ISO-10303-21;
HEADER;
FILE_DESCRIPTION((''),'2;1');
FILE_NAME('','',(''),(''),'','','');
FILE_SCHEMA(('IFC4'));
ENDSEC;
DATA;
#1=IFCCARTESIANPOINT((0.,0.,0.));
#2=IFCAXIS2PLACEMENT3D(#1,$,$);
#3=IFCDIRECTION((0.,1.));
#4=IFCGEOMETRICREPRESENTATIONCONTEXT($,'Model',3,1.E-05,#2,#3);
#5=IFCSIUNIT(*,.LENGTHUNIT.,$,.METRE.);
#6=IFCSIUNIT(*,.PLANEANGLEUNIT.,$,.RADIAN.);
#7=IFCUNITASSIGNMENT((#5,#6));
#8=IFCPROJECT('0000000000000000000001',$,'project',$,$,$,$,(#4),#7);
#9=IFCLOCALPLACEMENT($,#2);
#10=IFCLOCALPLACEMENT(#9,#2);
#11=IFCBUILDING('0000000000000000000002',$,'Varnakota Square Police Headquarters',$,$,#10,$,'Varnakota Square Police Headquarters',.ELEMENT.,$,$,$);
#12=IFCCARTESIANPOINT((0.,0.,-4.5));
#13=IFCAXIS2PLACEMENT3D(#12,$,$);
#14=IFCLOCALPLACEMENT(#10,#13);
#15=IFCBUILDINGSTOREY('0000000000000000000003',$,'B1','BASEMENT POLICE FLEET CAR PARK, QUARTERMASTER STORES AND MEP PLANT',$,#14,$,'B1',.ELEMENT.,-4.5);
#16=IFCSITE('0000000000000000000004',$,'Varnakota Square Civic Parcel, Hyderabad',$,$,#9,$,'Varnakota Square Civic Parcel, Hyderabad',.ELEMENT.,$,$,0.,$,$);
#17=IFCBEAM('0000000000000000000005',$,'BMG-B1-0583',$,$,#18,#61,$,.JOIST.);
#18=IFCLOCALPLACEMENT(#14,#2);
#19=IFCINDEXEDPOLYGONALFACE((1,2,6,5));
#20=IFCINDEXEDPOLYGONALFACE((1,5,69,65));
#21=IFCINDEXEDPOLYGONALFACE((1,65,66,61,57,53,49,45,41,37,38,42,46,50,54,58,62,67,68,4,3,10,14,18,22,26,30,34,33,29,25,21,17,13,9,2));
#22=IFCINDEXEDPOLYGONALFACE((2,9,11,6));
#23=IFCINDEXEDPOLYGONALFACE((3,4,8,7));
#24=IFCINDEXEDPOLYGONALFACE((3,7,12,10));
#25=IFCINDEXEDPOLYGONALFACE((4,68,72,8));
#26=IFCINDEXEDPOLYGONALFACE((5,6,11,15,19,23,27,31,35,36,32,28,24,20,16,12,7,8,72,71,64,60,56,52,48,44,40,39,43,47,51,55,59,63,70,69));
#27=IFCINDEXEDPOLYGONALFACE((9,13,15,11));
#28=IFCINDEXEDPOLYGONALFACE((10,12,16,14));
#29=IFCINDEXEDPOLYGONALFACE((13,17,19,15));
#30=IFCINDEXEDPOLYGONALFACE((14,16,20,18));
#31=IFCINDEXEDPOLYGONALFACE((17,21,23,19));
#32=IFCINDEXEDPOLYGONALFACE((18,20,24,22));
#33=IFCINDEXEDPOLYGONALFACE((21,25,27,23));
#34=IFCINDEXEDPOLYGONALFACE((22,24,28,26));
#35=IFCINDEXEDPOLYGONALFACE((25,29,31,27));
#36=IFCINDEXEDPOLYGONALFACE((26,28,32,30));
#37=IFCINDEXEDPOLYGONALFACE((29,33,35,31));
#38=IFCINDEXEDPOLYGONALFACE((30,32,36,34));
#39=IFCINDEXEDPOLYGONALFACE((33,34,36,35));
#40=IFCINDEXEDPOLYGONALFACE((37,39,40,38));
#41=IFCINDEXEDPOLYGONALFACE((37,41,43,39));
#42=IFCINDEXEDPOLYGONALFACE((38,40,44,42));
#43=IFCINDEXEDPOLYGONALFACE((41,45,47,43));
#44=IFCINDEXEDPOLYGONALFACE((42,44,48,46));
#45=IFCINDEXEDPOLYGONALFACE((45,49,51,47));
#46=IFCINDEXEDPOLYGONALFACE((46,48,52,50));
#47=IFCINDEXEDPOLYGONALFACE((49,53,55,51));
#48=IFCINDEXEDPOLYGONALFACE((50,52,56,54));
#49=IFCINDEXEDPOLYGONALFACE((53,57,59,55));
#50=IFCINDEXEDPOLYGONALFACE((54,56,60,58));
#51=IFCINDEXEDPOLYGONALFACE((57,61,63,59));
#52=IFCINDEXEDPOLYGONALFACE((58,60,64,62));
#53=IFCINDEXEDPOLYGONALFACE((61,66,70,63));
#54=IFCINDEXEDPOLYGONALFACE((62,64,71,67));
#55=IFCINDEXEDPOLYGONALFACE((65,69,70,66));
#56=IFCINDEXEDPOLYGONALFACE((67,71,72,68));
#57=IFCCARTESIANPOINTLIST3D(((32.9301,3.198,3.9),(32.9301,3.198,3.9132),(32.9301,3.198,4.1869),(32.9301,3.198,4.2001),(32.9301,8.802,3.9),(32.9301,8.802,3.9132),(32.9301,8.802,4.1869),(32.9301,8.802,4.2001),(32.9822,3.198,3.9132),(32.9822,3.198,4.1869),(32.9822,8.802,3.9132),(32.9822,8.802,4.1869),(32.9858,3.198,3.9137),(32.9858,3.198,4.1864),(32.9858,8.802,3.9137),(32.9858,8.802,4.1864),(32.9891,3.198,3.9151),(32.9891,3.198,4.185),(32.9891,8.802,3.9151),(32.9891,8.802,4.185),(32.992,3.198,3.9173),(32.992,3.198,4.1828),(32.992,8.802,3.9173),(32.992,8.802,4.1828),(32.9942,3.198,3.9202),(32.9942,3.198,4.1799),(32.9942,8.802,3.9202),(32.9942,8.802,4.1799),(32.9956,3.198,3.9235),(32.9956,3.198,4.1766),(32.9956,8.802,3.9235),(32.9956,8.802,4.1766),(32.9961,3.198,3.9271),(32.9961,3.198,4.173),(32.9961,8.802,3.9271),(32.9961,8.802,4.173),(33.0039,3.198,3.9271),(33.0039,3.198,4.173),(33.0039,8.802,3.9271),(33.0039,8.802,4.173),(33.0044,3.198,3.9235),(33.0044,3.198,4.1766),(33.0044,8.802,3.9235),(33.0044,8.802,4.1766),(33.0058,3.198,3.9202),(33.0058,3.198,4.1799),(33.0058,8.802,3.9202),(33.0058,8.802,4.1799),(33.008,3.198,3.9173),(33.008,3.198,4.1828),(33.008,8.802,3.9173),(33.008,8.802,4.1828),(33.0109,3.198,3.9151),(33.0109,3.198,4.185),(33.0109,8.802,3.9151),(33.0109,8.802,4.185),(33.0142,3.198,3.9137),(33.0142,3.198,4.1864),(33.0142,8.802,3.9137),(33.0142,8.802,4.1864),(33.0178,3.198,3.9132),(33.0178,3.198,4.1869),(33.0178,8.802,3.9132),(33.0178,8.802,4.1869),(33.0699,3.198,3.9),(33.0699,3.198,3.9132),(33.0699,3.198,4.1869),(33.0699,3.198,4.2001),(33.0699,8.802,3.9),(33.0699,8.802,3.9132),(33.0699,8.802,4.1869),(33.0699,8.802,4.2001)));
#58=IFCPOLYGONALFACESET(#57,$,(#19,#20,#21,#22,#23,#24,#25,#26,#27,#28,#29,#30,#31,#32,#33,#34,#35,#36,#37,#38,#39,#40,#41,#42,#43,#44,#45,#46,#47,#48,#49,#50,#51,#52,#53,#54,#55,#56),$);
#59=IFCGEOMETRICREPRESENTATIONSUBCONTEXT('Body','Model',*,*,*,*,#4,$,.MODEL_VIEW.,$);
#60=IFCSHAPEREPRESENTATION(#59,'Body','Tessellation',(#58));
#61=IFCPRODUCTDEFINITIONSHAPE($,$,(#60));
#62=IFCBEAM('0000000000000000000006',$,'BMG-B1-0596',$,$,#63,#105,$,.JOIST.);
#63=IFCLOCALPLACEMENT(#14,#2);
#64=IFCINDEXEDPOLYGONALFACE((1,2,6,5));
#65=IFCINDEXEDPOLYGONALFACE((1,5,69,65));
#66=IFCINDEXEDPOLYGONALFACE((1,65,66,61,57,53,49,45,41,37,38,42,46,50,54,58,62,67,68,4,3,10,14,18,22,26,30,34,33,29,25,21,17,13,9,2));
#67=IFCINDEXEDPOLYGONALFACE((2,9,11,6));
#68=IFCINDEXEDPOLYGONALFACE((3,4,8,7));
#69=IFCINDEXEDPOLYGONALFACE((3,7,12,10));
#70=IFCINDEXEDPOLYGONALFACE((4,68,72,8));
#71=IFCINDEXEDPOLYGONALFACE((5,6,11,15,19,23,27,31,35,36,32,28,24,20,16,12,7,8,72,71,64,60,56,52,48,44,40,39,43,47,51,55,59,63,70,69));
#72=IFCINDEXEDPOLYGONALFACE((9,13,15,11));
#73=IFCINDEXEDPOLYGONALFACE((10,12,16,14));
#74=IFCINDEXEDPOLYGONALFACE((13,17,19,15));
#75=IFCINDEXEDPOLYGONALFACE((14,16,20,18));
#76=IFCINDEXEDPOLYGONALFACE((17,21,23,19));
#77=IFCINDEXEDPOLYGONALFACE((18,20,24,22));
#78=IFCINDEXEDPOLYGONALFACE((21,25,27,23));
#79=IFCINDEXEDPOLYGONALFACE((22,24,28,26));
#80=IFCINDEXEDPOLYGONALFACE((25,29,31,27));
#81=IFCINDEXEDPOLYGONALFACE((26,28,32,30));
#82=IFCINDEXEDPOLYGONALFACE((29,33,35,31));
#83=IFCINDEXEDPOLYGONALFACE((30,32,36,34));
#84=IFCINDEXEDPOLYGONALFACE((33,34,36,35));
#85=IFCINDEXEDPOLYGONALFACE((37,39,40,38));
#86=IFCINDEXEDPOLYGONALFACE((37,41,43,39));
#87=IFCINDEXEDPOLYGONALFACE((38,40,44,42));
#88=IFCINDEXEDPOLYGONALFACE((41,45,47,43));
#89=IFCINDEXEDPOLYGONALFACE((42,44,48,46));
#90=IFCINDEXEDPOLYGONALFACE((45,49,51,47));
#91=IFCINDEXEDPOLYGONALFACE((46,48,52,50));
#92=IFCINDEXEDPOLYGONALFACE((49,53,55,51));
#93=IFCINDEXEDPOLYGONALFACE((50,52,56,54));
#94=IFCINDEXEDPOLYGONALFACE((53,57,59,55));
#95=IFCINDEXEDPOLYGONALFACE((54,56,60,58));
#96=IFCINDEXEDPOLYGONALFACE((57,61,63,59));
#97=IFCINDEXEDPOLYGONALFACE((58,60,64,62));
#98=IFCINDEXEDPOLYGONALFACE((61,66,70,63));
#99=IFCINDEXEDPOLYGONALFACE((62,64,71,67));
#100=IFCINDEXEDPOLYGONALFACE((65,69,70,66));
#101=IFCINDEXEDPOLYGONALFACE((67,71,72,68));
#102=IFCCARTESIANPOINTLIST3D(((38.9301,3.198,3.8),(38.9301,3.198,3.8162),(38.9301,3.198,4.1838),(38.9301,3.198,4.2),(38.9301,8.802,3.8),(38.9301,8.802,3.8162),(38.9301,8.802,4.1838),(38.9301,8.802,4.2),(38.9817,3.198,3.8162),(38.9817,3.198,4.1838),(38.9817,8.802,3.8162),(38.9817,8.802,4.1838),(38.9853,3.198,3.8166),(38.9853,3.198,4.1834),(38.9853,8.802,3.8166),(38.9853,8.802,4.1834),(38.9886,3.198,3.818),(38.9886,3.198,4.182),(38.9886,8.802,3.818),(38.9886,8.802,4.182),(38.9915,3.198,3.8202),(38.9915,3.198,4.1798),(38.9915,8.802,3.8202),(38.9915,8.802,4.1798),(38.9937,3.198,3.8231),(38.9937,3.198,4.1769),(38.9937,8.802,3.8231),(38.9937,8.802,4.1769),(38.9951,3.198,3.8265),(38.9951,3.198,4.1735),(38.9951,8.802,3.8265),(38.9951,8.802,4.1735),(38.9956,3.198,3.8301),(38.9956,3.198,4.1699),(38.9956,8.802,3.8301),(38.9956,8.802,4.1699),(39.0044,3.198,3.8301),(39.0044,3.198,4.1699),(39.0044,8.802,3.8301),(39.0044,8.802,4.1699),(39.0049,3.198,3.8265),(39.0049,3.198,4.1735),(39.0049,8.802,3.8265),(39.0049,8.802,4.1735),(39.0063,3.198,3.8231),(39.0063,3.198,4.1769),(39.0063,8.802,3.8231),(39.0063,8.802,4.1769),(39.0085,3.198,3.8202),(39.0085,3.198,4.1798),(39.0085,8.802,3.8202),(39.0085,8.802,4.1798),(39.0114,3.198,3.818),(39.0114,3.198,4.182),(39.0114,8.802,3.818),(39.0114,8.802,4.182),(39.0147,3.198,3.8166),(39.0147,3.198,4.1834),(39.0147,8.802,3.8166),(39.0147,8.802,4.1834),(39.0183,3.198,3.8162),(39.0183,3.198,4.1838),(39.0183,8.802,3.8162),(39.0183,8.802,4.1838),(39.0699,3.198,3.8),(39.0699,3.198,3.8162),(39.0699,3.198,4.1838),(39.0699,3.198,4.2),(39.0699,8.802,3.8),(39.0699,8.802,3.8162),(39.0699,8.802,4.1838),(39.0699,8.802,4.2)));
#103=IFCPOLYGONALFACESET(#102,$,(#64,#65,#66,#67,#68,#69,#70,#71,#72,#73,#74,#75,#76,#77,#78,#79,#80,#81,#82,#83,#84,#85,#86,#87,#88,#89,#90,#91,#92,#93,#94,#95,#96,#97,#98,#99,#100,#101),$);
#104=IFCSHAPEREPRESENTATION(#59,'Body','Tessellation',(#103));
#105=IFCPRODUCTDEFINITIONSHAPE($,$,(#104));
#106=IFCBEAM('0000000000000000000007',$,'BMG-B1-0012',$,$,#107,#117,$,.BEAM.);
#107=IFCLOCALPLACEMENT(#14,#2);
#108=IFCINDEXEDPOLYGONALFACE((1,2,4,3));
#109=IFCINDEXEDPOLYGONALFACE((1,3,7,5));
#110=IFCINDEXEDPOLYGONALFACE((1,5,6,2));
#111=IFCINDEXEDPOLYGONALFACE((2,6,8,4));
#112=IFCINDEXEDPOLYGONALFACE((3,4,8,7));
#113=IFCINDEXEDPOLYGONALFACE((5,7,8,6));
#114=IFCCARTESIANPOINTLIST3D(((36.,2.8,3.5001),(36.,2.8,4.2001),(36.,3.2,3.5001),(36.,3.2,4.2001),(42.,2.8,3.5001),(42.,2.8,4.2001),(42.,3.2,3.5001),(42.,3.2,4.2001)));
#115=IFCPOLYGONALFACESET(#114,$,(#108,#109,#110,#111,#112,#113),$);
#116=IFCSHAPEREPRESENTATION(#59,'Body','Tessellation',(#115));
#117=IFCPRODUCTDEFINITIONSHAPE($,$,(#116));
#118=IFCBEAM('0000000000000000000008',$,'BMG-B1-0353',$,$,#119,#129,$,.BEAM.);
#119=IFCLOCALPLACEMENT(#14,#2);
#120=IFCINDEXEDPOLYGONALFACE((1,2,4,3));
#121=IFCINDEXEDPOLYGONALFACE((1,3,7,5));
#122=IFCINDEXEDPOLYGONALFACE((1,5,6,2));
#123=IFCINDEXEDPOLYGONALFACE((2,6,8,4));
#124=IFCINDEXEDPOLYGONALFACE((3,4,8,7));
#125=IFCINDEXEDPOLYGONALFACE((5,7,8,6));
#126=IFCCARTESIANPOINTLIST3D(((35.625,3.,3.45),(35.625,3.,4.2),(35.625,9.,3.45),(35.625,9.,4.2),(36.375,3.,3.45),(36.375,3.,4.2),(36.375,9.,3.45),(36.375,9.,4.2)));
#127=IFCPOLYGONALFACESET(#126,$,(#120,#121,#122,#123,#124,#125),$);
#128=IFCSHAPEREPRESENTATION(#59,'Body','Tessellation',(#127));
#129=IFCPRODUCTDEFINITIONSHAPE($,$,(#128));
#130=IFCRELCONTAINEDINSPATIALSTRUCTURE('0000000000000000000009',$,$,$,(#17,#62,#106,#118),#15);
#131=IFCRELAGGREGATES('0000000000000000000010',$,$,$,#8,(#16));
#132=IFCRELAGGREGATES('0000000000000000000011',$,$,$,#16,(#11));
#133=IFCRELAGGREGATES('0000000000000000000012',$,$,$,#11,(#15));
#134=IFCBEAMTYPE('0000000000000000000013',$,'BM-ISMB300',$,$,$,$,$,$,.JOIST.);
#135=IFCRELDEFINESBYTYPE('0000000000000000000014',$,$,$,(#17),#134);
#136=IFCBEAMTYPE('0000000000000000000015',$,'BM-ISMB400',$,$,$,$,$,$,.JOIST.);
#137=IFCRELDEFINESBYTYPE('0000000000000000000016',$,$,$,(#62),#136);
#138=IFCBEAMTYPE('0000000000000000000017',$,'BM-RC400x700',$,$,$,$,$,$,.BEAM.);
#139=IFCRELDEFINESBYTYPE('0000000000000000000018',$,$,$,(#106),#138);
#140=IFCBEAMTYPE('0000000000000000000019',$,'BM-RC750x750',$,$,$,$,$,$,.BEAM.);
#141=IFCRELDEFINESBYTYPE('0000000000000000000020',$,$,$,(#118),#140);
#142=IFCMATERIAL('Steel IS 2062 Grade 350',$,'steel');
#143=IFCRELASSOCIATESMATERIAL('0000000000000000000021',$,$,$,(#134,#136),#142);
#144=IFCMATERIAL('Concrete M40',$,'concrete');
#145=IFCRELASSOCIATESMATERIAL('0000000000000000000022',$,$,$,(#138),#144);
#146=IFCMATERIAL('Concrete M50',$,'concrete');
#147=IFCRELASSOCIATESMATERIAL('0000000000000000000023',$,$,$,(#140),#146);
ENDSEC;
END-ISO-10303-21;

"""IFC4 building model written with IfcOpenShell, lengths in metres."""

from ifc_helpers import new_model, si_unit, direction, frame, origin, origin_2d, place, context, subcontext, project, spatial, rectangle, i_section, extrude, material, material_profile, profile_set, type_object, element, save


model = new_model("IFC4")

# Units and contexts
model_context = context("Model", 3, precision=1e-05, world=origin(), true_north=direction((0.0, 1.0)))
body_context = subcontext(model_context, "Body", "Model", "MODEL_VIEW")
ifc_project = project(units=[si_unit("LENGTHUNIT", "METRE"), si_unit("PLANEANGLEUNIT", "RADIAN")], contexts=[model_context])

# Site, building, storey
site_placement = place(None, origin())
site = spatial("IfcSite", under=ifc_project, at=site_placement, Name="Varnakota Square Civic Parcel, Hyderabad", LongName="Varnakota Square Civic Parcel, Hyderabad", CompositionType="ELEMENT", RefElevation=0.0)
building_placement = place(site_placement, origin())
building = spatial("IfcBuilding", under=site, at=building_placement, Name="Varnakota Square Police Headquarters", LongName="Varnakota Square Police Headquarters", CompositionType="ELEMENT")
storey_placement = place(building_placement, frame((0.0, 0.0, -4.5)))
storey = spatial("IfcBuildingStorey", under=building, at=storey_placement, Name="B1", Description="BASEMENT POLICE FLEET CAR PARK, QUARTERMASTER STORES AND MEP PLANT", LongName="B1", CompositionType="ELEMENT", Elevation=-4.5)

# Shared definitions
ifc_material_1 = material(Name="Concrete M40", Category="concrete")

# Beams
ifc_material_2 = material(Name="Steel IS 2062 Grade 350", Category="steel")
ifc_material_profile_1 = material_profile(ifc_material_2, i_section(OverallWidth=0.1399, OverallDepth=0.3, WebThickness=0.0078, FlangeThickness=0.0132, FilletRadius=0.0139, at=origin_2d()), Name="ISMB 300")
ifc_profile_set_1 = profile_set([ifc_material_profile_1], Name="Steel IS 2062 Grade 350")
beam_type_1 = type_object("IfcBeamType", Name="BM-ISMB300", PredefinedType="JOIST", material=ifc_profile_set_1)
beam_1_placement = place(storey_placement, frame((33.0, 3.198, 4.05), z_axis=(0.0, 1.0, 0.0), x_axis=(-1.0, 0.0, 0.0)))
element("IfcBeam", 1, at=beam_1_placement, inside=storey, type_object=beam_type_1, Name="BMG-B1-0583", PredefinedType="JOIST", context=body_context, shape_type="SweptSolid", body=[
    extrude(i_section(OverallWidth=0.1399, OverallDepth=0.3, WebThickness=0.0078, FlangeThickness=0.0132, FilletRadius=0.0139, at=origin_2d()), origin(), (0.0, 0.0, 1.0), 5.604),
])
ifc_material_profile_2 = material_profile(ifc_material_2, i_section(OverallWidth=0.1399, OverallDepth=0.3999, WebThickness=0.0088, FlangeThickness=0.0161, FilletRadius=0.0139, at=origin_2d()), Name="ISMB 400")
ifc_profile_set_2 = profile_set([ifc_material_profile_2], Name="Steel IS 2062 Grade 350")
beam_type_2 = type_object("IfcBeamType", Name="BM-ISMB400", PredefinedType="JOIST", material=ifc_profile_set_2)
beam_2_placement = place(storey_placement, frame((39.0, 3.198, 4.0), z_axis=(0.0, 1.0, 0.0), x_axis=(-1.0, 0.0, 0.0)))
element("IfcBeam", 2, at=beam_2_placement, inside=storey, type_object=beam_type_2, Name="BMG-B1-0596", PredefinedType="JOIST", context=body_context, shape_type="SweptSolid", body=[
    extrude(i_section(OverallWidth=0.1399, OverallDepth=0.3999, WebThickness=0.0088, FlangeThickness=0.0161, FilletRadius=0.0139, at=origin_2d()), origin(), (0.0, 0.0, 1.0), 5.604),
])
ifc_material_profile_3 = material_profile(ifc_material_1, rectangle(XDim=0.3999, YDim=0.7, at=origin_2d()), Name="RC 400x700")
ifc_profile_set_3 = profile_set([ifc_material_profile_3], Name="Concrete M40")
beam_type_3 = type_object("IfcBeamType", Name="BM-RC400x700", PredefinedType="BEAM", material=ifc_profile_set_3)
beam_3_placement = place(storey_placement, frame((36.0, 3.0, 3.8501), z_axis=(1.0, 0.0, 0.0), x_axis=(0.0, 1.0, 0.0)))
element("IfcBeam", 3, at=beam_3_placement, inside=storey, type_object=beam_type_3, Name="BMG-B1-0012", PredefinedType="BEAM", context=body_context, shape_type="SweptSolid", body=[
    extrude(rectangle(XDim=0.3999, YDim=0.7, at=origin_2d()), origin(), (0.0, 0.0, 1.0), 6.0),
])
ifc_material_3 = material(Name="Concrete M50", Category="concrete")
ifc_material_profile_4 = material_profile(ifc_material_3, rectangle(XDim=0.75, YDim=0.75, at=origin_2d()), Name="RC 750x750")
ifc_profile_set_4 = profile_set([ifc_material_profile_4], Name="Concrete M50")
beam_type_4 = type_object("IfcBeamType", Name="BM-RC750x750", PredefinedType="BEAM", material=ifc_profile_set_4)
beam_4_placement = place(storey_placement, frame((36.0, 3.0, 3.825), z_axis=(0.0, 1.0, 0.0), x_axis=(-1.0, 0.0, 0.0)))
element("IfcBeam", 4, at=beam_4_placement, inside=storey, type_object=beam_type_4, Name="BMG-B1-0353", PredefinedType="BEAM", context=body_context, shape_type="SweptSolid", body=[
    extrude(rectangle(XDim=0.75, YDim=0.75, at=origin_2d()), origin(), (0.0, 0.0, 1.0), 6.0),
])

save(model, "model.ifc")
